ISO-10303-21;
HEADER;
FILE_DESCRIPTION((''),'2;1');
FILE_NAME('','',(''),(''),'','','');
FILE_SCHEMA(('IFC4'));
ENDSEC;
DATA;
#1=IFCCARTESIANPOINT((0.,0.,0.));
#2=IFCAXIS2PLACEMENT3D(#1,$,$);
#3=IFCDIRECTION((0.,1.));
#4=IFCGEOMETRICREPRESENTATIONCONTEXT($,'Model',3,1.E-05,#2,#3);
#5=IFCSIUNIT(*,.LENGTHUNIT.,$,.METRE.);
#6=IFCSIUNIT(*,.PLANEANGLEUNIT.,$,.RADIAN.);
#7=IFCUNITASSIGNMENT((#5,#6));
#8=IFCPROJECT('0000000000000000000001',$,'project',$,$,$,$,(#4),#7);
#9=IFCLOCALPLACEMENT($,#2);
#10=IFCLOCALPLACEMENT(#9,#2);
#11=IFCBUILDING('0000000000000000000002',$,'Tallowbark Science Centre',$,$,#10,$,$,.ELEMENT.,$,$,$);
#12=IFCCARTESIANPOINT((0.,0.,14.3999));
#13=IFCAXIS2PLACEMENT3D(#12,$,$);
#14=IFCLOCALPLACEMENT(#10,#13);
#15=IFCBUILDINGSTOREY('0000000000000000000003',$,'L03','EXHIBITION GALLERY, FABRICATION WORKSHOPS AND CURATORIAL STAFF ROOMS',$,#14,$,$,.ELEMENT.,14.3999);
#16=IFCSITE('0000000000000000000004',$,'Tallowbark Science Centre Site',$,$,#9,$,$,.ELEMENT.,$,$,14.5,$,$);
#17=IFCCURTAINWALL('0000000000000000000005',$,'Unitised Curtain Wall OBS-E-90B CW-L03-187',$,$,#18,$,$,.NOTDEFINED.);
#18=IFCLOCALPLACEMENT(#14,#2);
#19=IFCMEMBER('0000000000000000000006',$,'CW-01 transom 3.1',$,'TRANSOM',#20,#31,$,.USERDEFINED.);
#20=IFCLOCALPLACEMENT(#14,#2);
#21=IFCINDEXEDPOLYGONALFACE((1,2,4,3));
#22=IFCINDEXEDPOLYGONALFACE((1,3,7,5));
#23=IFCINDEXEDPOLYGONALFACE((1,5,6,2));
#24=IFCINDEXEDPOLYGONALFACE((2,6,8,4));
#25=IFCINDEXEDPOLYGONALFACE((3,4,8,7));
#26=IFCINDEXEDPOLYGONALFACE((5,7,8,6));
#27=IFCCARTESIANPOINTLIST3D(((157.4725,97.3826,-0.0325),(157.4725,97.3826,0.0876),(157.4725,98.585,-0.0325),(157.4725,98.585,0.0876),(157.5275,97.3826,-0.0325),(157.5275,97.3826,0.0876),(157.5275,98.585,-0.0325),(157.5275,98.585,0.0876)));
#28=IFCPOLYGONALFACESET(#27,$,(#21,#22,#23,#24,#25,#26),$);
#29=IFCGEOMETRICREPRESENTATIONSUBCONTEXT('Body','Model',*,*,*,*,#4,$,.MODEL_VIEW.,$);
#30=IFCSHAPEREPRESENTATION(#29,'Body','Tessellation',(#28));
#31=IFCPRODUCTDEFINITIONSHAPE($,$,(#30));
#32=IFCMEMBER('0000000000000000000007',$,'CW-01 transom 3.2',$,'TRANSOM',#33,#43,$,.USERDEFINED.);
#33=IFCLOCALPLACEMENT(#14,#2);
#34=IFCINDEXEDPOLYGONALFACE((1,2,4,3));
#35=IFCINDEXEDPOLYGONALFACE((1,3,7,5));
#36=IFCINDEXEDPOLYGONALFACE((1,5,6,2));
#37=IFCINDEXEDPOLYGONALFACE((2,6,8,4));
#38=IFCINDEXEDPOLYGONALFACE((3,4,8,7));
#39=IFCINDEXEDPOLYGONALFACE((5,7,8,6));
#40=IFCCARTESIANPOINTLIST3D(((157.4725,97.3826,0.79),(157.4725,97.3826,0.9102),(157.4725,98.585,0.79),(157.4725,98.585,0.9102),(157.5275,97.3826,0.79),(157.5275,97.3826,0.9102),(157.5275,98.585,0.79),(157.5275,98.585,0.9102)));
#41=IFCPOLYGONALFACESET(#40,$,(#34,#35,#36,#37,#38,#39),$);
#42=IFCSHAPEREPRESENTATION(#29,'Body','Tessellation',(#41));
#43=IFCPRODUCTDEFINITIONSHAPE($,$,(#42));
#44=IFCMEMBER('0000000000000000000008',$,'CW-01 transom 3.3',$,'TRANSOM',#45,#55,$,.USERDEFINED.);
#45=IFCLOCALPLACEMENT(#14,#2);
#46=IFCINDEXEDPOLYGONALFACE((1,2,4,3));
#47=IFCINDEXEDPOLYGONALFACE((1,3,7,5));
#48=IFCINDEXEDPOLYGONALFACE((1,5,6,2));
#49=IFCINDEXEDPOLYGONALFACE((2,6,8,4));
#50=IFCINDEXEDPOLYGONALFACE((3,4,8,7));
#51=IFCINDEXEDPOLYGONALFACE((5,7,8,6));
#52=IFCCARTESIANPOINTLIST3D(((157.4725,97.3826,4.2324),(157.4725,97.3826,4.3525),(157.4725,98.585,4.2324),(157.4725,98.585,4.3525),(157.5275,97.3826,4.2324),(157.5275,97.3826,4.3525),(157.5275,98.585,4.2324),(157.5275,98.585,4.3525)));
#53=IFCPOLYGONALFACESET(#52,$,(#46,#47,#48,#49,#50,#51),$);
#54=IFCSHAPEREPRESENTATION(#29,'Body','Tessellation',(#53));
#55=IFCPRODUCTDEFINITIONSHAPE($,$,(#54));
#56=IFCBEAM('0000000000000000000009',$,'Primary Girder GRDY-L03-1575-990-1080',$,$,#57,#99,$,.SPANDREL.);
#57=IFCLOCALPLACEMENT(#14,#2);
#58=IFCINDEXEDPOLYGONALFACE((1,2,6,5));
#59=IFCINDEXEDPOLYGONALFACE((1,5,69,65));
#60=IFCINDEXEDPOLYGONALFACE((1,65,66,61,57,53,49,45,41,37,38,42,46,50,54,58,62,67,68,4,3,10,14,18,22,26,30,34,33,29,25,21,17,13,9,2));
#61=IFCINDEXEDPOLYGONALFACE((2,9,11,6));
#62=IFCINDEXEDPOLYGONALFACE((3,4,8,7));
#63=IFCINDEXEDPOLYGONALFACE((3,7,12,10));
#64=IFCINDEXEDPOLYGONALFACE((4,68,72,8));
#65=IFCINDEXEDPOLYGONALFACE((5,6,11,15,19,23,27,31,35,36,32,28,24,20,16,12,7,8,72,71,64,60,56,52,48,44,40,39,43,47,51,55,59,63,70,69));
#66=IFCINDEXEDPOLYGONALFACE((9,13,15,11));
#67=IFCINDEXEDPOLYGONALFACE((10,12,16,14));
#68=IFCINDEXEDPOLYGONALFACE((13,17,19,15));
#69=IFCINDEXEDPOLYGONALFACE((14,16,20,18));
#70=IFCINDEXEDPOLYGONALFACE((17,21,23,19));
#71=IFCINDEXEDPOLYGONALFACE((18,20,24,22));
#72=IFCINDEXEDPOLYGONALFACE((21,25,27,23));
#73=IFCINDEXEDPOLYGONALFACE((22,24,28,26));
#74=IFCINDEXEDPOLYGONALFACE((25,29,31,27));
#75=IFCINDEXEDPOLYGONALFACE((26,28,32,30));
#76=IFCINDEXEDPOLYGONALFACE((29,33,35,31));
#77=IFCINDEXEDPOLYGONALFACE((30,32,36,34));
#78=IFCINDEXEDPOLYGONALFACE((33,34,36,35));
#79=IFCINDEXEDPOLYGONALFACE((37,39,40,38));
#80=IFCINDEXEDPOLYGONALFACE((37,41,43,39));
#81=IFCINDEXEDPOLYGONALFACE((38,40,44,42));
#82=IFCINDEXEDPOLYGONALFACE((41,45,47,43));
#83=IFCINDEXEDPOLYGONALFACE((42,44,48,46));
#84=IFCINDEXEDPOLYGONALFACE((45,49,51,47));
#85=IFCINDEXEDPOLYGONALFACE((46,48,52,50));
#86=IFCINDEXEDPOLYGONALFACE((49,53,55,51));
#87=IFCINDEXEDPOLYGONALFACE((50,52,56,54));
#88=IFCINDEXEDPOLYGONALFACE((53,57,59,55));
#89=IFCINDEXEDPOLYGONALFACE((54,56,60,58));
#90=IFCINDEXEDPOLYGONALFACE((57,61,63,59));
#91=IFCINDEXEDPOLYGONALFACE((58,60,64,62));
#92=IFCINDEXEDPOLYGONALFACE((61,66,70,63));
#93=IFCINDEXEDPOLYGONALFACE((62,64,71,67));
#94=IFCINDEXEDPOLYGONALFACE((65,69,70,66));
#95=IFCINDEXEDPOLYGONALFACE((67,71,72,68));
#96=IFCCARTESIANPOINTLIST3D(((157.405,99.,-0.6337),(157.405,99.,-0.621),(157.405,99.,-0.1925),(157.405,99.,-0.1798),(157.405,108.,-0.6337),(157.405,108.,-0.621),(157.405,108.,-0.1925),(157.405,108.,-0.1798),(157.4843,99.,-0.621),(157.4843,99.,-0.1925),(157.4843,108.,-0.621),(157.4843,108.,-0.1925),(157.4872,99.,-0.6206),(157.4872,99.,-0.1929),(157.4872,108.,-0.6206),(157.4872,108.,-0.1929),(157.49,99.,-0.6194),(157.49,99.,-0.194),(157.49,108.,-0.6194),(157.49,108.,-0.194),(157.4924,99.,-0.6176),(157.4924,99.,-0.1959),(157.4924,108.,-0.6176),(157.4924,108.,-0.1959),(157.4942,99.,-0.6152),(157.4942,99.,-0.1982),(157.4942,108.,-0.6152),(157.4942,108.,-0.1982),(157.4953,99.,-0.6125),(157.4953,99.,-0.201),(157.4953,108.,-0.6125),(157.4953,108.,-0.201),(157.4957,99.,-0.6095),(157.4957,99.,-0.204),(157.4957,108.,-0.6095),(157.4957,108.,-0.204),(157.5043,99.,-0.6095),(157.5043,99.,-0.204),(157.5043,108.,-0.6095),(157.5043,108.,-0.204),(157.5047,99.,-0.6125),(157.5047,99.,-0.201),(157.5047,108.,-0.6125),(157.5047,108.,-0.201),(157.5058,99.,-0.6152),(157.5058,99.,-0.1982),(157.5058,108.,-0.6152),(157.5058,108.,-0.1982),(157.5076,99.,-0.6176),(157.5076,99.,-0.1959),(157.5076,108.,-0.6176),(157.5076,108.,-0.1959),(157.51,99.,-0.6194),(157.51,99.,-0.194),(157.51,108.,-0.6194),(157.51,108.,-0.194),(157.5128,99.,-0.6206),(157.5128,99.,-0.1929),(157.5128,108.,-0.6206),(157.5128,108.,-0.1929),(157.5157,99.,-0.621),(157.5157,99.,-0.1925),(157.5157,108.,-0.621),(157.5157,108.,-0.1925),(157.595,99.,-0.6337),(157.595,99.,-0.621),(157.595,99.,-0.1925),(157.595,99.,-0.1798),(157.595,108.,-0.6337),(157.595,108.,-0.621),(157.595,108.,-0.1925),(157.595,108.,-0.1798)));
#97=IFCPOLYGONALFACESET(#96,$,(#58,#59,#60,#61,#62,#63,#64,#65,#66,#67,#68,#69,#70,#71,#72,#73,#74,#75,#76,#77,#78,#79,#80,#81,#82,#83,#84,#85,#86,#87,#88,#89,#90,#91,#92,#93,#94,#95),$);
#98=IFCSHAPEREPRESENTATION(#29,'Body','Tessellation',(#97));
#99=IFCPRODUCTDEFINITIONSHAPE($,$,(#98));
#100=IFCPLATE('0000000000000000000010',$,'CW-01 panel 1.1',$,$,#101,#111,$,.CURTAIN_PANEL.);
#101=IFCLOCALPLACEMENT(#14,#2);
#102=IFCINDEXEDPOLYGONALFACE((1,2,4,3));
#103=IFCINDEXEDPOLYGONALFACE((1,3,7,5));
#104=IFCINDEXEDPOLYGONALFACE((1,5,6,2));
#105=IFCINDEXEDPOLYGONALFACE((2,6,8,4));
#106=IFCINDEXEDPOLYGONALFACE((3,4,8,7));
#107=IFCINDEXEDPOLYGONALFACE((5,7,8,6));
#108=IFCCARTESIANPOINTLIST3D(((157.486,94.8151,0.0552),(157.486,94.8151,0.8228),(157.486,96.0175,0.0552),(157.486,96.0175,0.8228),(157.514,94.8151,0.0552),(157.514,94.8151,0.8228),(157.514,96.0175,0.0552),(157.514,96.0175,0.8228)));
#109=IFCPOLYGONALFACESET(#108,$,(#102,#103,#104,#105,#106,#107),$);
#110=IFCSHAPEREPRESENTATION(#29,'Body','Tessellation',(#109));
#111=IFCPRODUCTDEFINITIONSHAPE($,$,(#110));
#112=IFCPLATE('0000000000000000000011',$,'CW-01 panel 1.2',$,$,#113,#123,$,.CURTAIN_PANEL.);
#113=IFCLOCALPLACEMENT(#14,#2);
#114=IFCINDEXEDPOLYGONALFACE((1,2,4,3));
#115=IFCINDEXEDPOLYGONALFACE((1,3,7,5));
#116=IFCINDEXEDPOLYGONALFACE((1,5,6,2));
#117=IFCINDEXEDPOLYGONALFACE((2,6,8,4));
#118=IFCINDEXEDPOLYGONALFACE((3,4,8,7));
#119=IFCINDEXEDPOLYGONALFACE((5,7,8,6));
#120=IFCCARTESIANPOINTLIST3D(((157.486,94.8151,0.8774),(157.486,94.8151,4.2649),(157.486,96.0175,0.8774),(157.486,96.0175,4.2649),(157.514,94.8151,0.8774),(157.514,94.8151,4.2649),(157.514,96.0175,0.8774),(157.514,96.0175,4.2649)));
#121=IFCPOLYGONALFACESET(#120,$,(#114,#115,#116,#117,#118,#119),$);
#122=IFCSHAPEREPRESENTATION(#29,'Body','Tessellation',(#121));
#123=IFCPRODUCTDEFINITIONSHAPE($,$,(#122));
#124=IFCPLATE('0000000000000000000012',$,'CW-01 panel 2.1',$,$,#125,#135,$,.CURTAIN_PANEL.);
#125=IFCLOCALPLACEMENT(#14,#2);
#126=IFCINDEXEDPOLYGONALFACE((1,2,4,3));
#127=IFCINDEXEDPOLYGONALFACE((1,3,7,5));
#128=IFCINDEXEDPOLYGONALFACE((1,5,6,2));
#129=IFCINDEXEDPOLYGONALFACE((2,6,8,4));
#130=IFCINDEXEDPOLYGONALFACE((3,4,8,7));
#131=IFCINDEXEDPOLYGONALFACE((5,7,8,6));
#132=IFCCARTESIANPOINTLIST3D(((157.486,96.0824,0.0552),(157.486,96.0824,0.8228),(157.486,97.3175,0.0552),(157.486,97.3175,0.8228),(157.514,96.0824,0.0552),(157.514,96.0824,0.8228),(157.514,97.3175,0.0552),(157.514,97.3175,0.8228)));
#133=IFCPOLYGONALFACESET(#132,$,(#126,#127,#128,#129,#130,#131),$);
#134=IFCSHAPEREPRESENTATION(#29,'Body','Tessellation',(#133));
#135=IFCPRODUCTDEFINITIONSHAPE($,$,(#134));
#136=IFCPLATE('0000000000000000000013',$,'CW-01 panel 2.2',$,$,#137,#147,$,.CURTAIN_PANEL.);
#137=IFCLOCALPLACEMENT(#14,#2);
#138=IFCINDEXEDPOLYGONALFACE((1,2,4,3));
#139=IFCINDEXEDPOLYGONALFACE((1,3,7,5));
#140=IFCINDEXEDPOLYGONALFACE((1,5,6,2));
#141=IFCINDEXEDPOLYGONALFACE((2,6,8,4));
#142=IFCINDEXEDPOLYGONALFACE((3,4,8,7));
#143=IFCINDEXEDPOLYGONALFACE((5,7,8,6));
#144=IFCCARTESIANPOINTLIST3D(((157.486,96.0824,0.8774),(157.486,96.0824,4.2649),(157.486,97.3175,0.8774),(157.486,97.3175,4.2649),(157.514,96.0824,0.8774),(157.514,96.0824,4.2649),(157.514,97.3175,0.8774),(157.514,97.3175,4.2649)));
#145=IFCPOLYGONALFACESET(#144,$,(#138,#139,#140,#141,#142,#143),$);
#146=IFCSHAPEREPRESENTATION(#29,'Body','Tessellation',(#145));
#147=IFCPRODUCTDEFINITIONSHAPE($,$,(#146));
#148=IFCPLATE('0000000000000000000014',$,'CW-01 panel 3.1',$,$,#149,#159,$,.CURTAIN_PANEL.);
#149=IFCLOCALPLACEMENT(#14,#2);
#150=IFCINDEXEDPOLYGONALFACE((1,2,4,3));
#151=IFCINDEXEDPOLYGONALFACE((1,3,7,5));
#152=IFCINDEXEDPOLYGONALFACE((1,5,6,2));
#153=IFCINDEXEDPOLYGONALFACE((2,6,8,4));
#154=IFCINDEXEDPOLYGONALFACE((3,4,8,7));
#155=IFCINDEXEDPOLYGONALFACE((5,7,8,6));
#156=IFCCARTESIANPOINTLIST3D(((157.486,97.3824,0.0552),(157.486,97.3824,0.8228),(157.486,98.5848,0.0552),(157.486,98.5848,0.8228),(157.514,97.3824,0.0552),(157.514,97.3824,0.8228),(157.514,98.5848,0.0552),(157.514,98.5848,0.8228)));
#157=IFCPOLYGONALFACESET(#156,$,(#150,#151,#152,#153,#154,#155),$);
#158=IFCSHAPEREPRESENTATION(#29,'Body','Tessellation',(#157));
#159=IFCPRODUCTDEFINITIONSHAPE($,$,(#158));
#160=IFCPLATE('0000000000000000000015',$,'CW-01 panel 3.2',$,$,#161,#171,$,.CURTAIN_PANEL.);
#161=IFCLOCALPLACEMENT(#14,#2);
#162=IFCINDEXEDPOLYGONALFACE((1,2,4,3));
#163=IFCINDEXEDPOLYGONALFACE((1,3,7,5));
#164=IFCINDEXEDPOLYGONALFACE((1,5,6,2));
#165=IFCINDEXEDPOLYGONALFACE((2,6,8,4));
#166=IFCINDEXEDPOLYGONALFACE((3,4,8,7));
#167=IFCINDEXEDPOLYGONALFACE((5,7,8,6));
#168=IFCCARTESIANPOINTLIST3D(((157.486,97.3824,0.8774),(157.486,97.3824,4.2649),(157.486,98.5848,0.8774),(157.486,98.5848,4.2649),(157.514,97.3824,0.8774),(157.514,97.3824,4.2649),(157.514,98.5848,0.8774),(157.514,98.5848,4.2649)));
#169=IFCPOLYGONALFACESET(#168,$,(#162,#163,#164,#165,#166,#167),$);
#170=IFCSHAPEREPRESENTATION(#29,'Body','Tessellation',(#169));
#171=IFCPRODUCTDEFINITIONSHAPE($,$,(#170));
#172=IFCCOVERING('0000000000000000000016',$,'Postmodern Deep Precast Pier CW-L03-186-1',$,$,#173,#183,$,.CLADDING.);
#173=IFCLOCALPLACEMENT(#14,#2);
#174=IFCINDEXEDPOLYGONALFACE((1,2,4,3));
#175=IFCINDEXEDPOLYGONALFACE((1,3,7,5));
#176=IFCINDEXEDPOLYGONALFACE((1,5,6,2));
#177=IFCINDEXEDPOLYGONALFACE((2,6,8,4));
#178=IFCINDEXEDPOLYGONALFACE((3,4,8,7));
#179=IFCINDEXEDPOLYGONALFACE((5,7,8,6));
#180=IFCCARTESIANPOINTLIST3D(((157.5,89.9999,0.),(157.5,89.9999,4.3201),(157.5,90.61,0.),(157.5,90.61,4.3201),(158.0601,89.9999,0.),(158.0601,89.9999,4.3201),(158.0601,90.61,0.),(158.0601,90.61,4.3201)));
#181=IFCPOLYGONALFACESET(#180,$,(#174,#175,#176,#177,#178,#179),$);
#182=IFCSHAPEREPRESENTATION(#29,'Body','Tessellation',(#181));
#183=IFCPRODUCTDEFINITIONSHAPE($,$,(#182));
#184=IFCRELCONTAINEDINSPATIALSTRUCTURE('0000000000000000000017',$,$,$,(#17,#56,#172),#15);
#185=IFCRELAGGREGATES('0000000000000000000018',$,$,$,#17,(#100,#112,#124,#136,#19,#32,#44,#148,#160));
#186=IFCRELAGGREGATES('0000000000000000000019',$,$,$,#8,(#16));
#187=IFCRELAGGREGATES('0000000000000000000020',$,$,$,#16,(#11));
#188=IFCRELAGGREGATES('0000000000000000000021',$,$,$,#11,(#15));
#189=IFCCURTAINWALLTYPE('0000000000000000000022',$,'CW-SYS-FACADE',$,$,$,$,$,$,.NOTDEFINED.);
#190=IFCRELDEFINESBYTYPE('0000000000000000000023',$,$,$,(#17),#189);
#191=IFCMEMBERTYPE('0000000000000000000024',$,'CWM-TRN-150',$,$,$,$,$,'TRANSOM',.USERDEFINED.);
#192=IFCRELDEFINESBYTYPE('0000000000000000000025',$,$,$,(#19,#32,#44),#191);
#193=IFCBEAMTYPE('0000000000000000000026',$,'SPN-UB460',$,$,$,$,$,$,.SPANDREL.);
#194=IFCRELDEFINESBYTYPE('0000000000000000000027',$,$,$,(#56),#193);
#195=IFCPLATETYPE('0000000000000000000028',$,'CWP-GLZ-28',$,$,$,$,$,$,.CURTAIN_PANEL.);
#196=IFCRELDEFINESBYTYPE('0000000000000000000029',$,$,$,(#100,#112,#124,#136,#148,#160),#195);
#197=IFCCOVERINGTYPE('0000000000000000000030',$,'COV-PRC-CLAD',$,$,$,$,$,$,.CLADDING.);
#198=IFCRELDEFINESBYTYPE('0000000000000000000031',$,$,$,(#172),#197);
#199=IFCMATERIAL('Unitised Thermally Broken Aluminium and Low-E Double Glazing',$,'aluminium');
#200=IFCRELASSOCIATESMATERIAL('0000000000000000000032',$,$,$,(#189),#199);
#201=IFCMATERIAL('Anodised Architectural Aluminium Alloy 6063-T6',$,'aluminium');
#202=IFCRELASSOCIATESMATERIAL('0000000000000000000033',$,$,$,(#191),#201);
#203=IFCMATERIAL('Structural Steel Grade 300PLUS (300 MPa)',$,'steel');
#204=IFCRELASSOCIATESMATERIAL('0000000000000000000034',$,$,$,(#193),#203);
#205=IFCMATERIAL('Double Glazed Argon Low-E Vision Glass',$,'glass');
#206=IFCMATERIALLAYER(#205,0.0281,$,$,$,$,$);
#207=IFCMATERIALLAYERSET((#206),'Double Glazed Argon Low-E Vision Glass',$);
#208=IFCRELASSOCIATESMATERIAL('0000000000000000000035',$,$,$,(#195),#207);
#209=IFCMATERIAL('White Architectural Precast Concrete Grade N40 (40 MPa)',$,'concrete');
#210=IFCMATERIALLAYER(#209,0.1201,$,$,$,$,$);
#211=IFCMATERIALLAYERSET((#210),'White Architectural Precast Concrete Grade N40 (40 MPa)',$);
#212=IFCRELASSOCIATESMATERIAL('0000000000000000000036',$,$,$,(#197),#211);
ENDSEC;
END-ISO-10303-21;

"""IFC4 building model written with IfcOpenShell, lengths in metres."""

from ifc_helpers import new_model, si_unit, direction, frame, origin, origin_2d, place, context, subcontext, project, spatial, rectangle, i_section, extrude, material, layer, layer_set, material_profile, profile_set, type_object, element, aggregate, save


model = new_model("IFC4")

# Units and contexts
model_context = context("Model", 3, precision=1e-05, world=origin(), true_north=direction((0.0, 1.0)))
body_context = subcontext(model_context, "Body", "Model", "MODEL_VIEW")
ifc_project = project(units=[si_unit("LENGTHUNIT", "METRE"), si_unit("PLANEANGLEUNIT", "RADIAN")], contexts=[model_context])

# Site, building, storey
site_placement = place(None, origin())
site = spatial("IfcSite", under=ifc_project, at=site_placement, Name="Tallowbark Science Centre Site", CompositionType="ELEMENT", RefElevation=14.5)
building_placement = place(site_placement, origin())
building = spatial("IfcBuilding", under=site, at=building_placement, Name="Tallowbark Science Centre", CompositionType="ELEMENT")
storey_placement = place(building_placement, frame((0.0, 0.0, 14.3999)))
storey = spatial("IfcBuildingStorey", under=building, at=storey_placement, Name="L03", Description="EXHIBITION GALLERY, FABRICATION WORKSHOPS AND CURATORIAL STAFF ROOMS", CompositionType="ELEMENT", Elevation=14.3999)

# Shared definitions
ifc_material_1 = material(Name="Structural Steel Grade 300PLUS (300 MPa)", Category="steel")

# Shared definitions
ifc_material_2 = material(Name="Unitised Thermally Broken Aluminium and Low-E Double Glazing", Category="aluminium")
curtain_wall_type = type_object("IfcCurtainWallType", Name="CW-SYS-FACADE", PredefinedType="NOTDEFINED", material=ifc_material_2)
ifc_material_3 = material(Name="Anodised Architectural Aluminium Alloy 6063-T6", Category="aluminium")

# Curtain wall, members
curtain_wall_1_placement = place(storey_placement, origin())
curtain_wall_1 = element("IfcCurtainWall", 1, at=curtain_wall_1_placement, inside=storey, type_object=curtain_wall_type, Name="Unitised Curtain Wall OBS-E-90B CW-L03-187", PredefinedType="NOTDEFINED")
ifc_material_profile_1 = material_profile(ifc_material_3, rectangle(XDim=0.0549, YDim=0.1201, at=origin_2d()), Name="ALU55x120")
ifc_profile_set_1 = profile_set([ifc_material_profile_1], Name="Anodised Architectural Aluminium Alloy 6063-T6")
member_type_1 = type_object("IfcMemberType", Name="CWM-TRN-150", ElementType="TRANSOM", PredefinedType="USERDEFINED", material=ifc_profile_set_1)
member_1_placement = place(storey_placement, frame((157.5, 97.3826, 0.0276), z_axis=(0.0, 1.0, 0.0), x_axis=(-1.0, 0.0, 0.0)))
member_1 = element("IfcMember", 2, at=member_1_placement, type_object=member_type_1, Name="CW-01 transom 3.1", ObjectType="TRANSOM", PredefinedType="USERDEFINED", context=body_context, shape_type="SweptSolid", body=[
    extrude(rectangle(XDim=0.0549, YDim=0.1201, at=origin_2d()), origin(), (0.0, 0.0, 1.0), 1.2024),
])
member_2_placement = place(storey_placement, frame((157.5, 97.3826, 0.8501), z_axis=(0.0, 1.0, 0.0), x_axis=(-1.0, 0.0, 0.0)))
member_2 = element("IfcMember", 3, at=member_2_placement, type_object=member_type_1, Name="CW-01 transom 3.2", ObjectType="TRANSOM", PredefinedType="USERDEFINED", context=body_context, shape_type="SweptSolid", body=[
    extrude(rectangle(XDim=0.0549, YDim=0.1201, at=origin_2d()), origin(), (0.0, 0.0, 1.0), 1.2024),
])
member_3_placement = place(storey_placement, frame((157.5, 97.3826, 4.2925), z_axis=(0.0, 1.0, 0.0), x_axis=(-1.0, 0.0, 0.0)))
member_3 = element("IfcMember", 4, at=member_3_placement, type_object=member_type_1, Name="CW-01 transom 3.3", ObjectType="TRANSOM", PredefinedType="USERDEFINED", context=body_context, shape_type="SweptSolid", body=[
    extrude(rectangle(XDim=0.0549, YDim=0.1201, at=origin_2d()), origin(), (0.0, 0.0, 1.0), 1.2024),
])

# Beam
ifc_material_profile_2 = material_profile(ifc_material_1, i_section(OverallWidth=0.1899, OverallDepth=0.4539, WebThickness=0.0085, FlangeThickness=0.0127, FilletRadius=0.0115, at=origin_2d()), Name="460UB67.1")
ifc_profile_set_2 = profile_set([ifc_material_profile_2], Name="Structural Steel Grade 300PLUS (300 MPa)")
beam_type = type_object("IfcBeamType", Name="SPN-UB460", PredefinedType="SPANDREL", material=ifc_profile_set_2)
beam_placement = place(storey_placement, frame((157.5, 99.0, -0.4067), z_axis=(0.0, 1.0, 0.0), x_axis=(-1.0, 0.0, 0.0)))
element("IfcBeam", 5, at=beam_placement, inside=storey, type_object=beam_type, Name="Primary Girder GRDY-L03-1575-990-1080", PredefinedType="SPANDREL", context=body_context, shape_type="SweptSolid", body=[
    extrude(i_section(OverallWidth=0.1899, OverallDepth=0.4539, WebThickness=0.0085, FlangeThickness=0.0127, FilletRadius=0.0115, at=origin_2d()), origin(), (0.0, 0.0, 1.0), 9.0),
])

# Plates
ifc_material_4 = material(Name="Double Glazed Argon Low-E Vision Glass", Category="glass")
ifc_layer_1 = layer(ifc_material_4, 0.0281)
ifc_layer_set_1 = layer_set([ifc_layer_1], Name="Double Glazed Argon Low-E Vision Glass")
plate_type = type_object("IfcPlateType", Name="CWP-GLZ-28", PredefinedType="CURTAIN_PANEL", material=ifc_layer_set_1)
plate_1_placement = place(storey_placement, frame((157.5, 95.4163, 0.0552), z_axis=(0.0, 0.0, 1.0), x_axis=(0.0, 1.0, 0.0)))
plate_1 = element("IfcPlate", 6, at=plate_1_placement, type_object=plate_type, Name="CW-01 panel 1.1", PredefinedType="CURTAIN_PANEL", context=body_context, shape_type="SweptSolid", body=[
    extrude(rectangle(XDim=1.2024, YDim=0.0281, at=origin_2d()), origin(), (0.0, 0.0, 1.0), 0.7676),
])
plate_2_placement = place(storey_placement, frame((157.5, 95.4163, 0.8774), z_axis=(0.0, 0.0, 1.0), x_axis=(0.0, 1.0, 0.0)))
plate_2 = element("IfcPlate", 7, at=plate_2_placement, type_object=plate_type, Name="CW-01 panel 1.2", PredefinedType="CURTAIN_PANEL", context=body_context, shape_type="SweptSolid", body=[
    extrude(rectangle(XDim=1.2024, YDim=0.0281, at=origin_2d()), origin(), (0.0, 0.0, 1.0), 3.3875),
])
plate_3_placement = place(storey_placement, frame((157.5, 96.7, 0.0552), z_axis=(0.0, 0.0, 1.0), x_axis=(0.0, 1.0, 0.0)))
plate_3 = element("IfcPlate", 8, at=plate_3_placement, type_object=plate_type, Name="CW-01 panel 2.1", PredefinedType="CURTAIN_PANEL", context=body_context, shape_type="SweptSolid", body=[
    extrude(rectangle(XDim=1.2351, YDim=0.0281, at=origin_2d()), origin(), (0.0, 0.0, 1.0), 0.7676),
])
plate_4_placement = place(storey_placement, frame((157.5, 96.7, 0.8774), z_axis=(0.0, 0.0, 1.0), x_axis=(0.0, 1.0, 0.0)))
plate_4 = element("IfcPlate", 9, at=plate_4_placement, type_object=plate_type, Name="CW-01 panel 2.2", PredefinedType="CURTAIN_PANEL", context=body_context, shape_type="SweptSolid", body=[
    extrude(rectangle(XDim=1.2351, YDim=0.0281, at=origin_2d()), origin(), (0.0, 0.0, 1.0), 3.3875),
])
plate_5_placement = place(storey_placement, frame((157.5, 97.9836, 0.0552), z_axis=(0.0, 0.0, 1.0), x_axis=(0.0, 1.0, 0.0)))
plate_5 = element("IfcPlate", 10, at=plate_5_placement, type_object=plate_type, Name="CW-01 panel 3.1", PredefinedType="CURTAIN_PANEL", context=body_context, shape_type="SweptSolid", body=[
    extrude(rectangle(XDim=1.2024, YDim=0.0281, at=origin_2d()), origin(), (0.0, 0.0, 1.0), 0.7676),
])
plate_6_placement = place(storey_placement, frame((157.5, 97.9836, 0.8774), z_axis=(0.0, 0.0, 1.0), x_axis=(0.0, 1.0, 0.0)))
plate_6 = element("IfcPlate", 11, at=plate_6_placement, type_object=plate_type, Name="CW-01 panel 3.2", PredefinedType="CURTAIN_PANEL", context=body_context, shape_type="SweptSolid", body=[
    extrude(rectangle(XDim=1.2024, YDim=0.0281, at=origin_2d()), origin(), (0.0, 0.0, 1.0), 3.3875),
])
aggregate(curtain_wall_1, [plate_1, plate_2, plate_3, plate_4, member_1, member_2, member_3, plate_5, plate_6])

# Covering
ifc_material_5 = material(Name="White Architectural Precast Concrete Grade N40 (40 MPa)", Category="concrete")
ifc_layer_2 = layer(ifc_material_5, 0.1201)
ifc_layer_set_2 = layer_set([ifc_layer_2], Name="White Architectural Precast Concrete Grade N40 (40 MPa)")
covering_type_1 = type_object("IfcCoveringType", Name="COV-PRC-CLAD", PredefinedType="CLADDING", material=ifc_layer_set_2)
covering_placement = place(storey_placement, frame((157.78, 90.3049, 0.0), z_axis=(0.0, 0.0, 1.0), x_axis=(0.0, 1.0, 0.0)))
element("IfcCovering", 12, at=covering_placement, inside=storey, type_object=covering_type_1, Name="Postmodern Deep Precast Pier CW-L03-186-1", PredefinedType="CLADDING", context=body_context, shape_type="SweptSolid", body=[
    extrude(rectangle(XDim=0.6101, YDim=0.5601, at=origin_2d()), origin(), (0.0, 0.0, 1.0), 4.3201),
])

save(model, "model.ifc")
